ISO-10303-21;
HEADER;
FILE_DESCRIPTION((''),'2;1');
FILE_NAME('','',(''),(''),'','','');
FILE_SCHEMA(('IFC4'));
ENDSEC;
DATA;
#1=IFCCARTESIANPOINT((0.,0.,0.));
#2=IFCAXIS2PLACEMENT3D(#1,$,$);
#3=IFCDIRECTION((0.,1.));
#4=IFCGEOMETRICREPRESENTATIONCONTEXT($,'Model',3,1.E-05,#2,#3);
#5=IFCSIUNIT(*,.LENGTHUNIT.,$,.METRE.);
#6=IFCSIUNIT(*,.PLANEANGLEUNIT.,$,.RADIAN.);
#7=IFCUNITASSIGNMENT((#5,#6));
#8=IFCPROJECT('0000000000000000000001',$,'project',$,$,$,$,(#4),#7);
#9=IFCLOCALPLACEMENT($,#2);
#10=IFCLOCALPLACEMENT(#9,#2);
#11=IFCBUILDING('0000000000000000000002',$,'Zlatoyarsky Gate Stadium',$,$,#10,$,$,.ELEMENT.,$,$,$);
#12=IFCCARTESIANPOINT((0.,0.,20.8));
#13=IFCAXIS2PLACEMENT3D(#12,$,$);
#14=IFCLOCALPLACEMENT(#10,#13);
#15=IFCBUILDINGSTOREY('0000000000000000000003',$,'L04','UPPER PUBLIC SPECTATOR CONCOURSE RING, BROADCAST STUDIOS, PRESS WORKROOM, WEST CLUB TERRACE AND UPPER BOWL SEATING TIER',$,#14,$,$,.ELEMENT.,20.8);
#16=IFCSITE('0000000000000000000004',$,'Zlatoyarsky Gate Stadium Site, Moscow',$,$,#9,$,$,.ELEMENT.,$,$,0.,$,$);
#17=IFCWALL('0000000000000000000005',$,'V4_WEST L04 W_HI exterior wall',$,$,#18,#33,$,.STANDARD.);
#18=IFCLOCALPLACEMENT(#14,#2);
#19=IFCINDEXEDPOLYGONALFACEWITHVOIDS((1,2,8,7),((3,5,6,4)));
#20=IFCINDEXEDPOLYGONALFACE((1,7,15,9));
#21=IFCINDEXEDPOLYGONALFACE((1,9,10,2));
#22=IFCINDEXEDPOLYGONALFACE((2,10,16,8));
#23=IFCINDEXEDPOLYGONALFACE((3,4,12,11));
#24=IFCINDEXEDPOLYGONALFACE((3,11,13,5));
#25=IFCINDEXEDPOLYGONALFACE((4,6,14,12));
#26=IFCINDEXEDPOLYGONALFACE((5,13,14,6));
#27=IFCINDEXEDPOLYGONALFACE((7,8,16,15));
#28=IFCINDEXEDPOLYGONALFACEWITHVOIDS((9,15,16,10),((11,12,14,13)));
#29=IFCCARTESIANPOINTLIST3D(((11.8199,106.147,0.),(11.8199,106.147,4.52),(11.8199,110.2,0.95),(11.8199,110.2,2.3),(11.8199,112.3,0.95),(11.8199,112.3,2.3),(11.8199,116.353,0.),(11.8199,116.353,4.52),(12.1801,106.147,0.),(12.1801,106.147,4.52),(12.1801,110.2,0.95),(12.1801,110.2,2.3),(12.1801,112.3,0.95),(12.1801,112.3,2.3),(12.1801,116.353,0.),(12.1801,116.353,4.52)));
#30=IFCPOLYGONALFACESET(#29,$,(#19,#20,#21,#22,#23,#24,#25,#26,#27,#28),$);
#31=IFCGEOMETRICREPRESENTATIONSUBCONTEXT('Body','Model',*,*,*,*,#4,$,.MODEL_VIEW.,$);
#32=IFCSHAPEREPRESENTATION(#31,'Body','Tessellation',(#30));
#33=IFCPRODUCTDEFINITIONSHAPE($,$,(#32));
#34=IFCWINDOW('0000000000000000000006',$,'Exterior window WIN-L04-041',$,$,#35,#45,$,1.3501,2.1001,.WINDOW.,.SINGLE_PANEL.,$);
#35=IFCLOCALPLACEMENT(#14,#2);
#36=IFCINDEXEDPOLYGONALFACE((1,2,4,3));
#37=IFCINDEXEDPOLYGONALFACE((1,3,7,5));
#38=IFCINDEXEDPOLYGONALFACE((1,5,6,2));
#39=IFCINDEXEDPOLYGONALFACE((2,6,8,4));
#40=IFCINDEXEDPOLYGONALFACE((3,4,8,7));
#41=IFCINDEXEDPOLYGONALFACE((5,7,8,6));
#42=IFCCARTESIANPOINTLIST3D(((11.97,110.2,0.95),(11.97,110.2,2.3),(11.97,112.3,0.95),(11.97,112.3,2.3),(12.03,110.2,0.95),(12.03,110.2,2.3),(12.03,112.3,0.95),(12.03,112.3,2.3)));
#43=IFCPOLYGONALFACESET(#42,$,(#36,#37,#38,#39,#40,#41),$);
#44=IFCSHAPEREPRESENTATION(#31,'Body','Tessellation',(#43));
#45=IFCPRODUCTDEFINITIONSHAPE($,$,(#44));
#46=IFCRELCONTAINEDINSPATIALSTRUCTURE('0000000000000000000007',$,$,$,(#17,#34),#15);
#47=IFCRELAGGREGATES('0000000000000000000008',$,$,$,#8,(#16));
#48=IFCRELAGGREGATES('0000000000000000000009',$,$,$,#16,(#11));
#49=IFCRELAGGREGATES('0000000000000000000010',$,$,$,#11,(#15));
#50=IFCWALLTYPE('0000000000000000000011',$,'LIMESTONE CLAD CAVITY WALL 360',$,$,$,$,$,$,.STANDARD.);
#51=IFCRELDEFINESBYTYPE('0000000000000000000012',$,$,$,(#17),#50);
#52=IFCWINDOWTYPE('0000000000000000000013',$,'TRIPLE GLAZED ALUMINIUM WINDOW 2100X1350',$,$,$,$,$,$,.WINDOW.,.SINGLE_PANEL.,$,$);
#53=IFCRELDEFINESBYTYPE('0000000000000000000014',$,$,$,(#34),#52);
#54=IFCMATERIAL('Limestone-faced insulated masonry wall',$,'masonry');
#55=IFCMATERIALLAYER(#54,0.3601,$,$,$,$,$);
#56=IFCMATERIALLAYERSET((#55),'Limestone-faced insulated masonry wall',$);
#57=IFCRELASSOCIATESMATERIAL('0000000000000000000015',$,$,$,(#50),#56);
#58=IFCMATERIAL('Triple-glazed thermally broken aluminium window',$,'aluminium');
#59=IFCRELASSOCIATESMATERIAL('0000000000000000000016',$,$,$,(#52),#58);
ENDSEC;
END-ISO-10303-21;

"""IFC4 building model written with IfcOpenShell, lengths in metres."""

from ifc_helpers import new_model, si_unit, direction, frame, frame_2d, origin, place, context, subcontext, project, spatial, rectangle, extrude, material, layer, layer_set, type_object, element, fill, save


model = new_model("IFC4")

# Units and contexts
model_context = context("Model", 3, precision=1e-05, world=origin(), true_north=direction((0.0, 1.0)))
body_context = subcontext(model_context, "Body", "Model", "MODEL_VIEW")
ifc_project = project(units=[si_unit("LENGTHUNIT", "METRE"), si_unit("PLANEANGLEUNIT", "RADIAN")], contexts=[model_context])

# Site, building, storey
site_placement = place(None, origin())
site = spatial("IfcSite", under=ifc_project, at=site_placement, Name="Zlatoyarsky Gate Stadium Site, Moscow", CompositionType="ELEMENT", RefElevation=0.0)
building_placement = place(site_placement, origin())
building = spatial("IfcBuilding", under=site, at=building_placement, Name="Zlatoyarsky Gate Stadium", CompositionType="ELEMENT")
storey_placement = place(building_placement, frame((0.0, 0.0, 20.8)))
storey = spatial("IfcBuildingStorey", under=building, at=storey_placement, Name="L04", Description="UPPER PUBLIC SPECTATOR CONCOURSE RING, BROADCAST STUDIOS, PRESS WORKROOM, WEST CLUB TERRACE AND UPPER BOWL SEATING TIER", CompositionType="ELEMENT", Elevation=20.8)

# Wall, opening, window
ifc_material_1 = material(Name="Triple-glazed thermally broken aluminium window", Category="aluminium")
ifc_material_2 = material(Name="Limestone-faced insulated masonry wall", Category="masonry")
ifc_layer_1 = layer(ifc_material_2, 0.3601)
ifc_layer_set_1 = layer_set([ifc_layer_1], Name="Limestone-faced insulated masonry wall")
wall_type_1 = type_object("IfcWallType", Name="LIMESTONE CLAD CAVITY WALL 360", PredefinedType="STANDARD", material=ifc_layer_set_1)
wall_1_placement = place(storey_placement, frame((12.0, 106.147, 0.0), z_axis=(0.0, 0.0, 1.0), x_axis=(0.0, 1.0, 0.0)))
wall_1 = element("IfcWall", 1, at=wall_1_placement, inside=storey, type_object=wall_type_1, Name="V4_WEST L04 W_HI exterior wall", PredefinedType="STANDARD", context=body_context, shape_type="SweptSolid", body=[
    extrude(rectangle(XDim=10.2061, YDim=0.3601, at=frame_2d((5.103, 0.0))), origin(), (0.0, 0.0, 1.0), 4.52),
])
opening_1_placement = place(wall_1_placement, frame((4.053, 0.0, 0.95)))
opening_1 = element("IfcOpeningElement", 2, at=opening_1_placement, cuts=wall_1, PredefinedType="OPENING", context=body_context, shape_type="SweptSolid", body=[
    extrude(rectangle(XDim=2.1001, YDim=1.3501, at=frame_2d((1.05, 0.675))), frame((0.0, 0.1899, 0.0), z_axis=(0.0, -1.0, 0.0), x_axis=(1.0, 0.0, 0.0)), (0.0, 0.0, 1.0), 0.3801),
])
window_type_1 = type_object("IfcWindowType", Name="TRIPLE GLAZED ALUMINIUM WINDOW 2100X1350", PartitioningType="SINGLE_PANEL", PredefinedType="WINDOW", material=ifc_material_1)
window_1_placement = place(opening_1_placement, origin())
window_1 = element("IfcWindow", 3, at=window_1_placement, inside=storey, type_object=window_type_1, Name="Exterior window WIN-L04-041", OverallHeight=1.3501, OverallWidth=2.1001, PartitioningType="SINGLE_PANEL", PredefinedType="WINDOW", context=body_context, shape_type="SweptSolid", body=[
    extrude(rectangle(XDim=2.1001, YDim=1.3501, at=frame_2d((1.05, 0.675))), frame((0.0, 0.03, 0.0), z_axis=(0.0, -1.0, 0.0), x_axis=(1.0, 0.0, 0.0)), (0.0, 0.0, 1.0), 0.0601),
])
fill(opening_1, window_1)

save(model, "model.ifc")
